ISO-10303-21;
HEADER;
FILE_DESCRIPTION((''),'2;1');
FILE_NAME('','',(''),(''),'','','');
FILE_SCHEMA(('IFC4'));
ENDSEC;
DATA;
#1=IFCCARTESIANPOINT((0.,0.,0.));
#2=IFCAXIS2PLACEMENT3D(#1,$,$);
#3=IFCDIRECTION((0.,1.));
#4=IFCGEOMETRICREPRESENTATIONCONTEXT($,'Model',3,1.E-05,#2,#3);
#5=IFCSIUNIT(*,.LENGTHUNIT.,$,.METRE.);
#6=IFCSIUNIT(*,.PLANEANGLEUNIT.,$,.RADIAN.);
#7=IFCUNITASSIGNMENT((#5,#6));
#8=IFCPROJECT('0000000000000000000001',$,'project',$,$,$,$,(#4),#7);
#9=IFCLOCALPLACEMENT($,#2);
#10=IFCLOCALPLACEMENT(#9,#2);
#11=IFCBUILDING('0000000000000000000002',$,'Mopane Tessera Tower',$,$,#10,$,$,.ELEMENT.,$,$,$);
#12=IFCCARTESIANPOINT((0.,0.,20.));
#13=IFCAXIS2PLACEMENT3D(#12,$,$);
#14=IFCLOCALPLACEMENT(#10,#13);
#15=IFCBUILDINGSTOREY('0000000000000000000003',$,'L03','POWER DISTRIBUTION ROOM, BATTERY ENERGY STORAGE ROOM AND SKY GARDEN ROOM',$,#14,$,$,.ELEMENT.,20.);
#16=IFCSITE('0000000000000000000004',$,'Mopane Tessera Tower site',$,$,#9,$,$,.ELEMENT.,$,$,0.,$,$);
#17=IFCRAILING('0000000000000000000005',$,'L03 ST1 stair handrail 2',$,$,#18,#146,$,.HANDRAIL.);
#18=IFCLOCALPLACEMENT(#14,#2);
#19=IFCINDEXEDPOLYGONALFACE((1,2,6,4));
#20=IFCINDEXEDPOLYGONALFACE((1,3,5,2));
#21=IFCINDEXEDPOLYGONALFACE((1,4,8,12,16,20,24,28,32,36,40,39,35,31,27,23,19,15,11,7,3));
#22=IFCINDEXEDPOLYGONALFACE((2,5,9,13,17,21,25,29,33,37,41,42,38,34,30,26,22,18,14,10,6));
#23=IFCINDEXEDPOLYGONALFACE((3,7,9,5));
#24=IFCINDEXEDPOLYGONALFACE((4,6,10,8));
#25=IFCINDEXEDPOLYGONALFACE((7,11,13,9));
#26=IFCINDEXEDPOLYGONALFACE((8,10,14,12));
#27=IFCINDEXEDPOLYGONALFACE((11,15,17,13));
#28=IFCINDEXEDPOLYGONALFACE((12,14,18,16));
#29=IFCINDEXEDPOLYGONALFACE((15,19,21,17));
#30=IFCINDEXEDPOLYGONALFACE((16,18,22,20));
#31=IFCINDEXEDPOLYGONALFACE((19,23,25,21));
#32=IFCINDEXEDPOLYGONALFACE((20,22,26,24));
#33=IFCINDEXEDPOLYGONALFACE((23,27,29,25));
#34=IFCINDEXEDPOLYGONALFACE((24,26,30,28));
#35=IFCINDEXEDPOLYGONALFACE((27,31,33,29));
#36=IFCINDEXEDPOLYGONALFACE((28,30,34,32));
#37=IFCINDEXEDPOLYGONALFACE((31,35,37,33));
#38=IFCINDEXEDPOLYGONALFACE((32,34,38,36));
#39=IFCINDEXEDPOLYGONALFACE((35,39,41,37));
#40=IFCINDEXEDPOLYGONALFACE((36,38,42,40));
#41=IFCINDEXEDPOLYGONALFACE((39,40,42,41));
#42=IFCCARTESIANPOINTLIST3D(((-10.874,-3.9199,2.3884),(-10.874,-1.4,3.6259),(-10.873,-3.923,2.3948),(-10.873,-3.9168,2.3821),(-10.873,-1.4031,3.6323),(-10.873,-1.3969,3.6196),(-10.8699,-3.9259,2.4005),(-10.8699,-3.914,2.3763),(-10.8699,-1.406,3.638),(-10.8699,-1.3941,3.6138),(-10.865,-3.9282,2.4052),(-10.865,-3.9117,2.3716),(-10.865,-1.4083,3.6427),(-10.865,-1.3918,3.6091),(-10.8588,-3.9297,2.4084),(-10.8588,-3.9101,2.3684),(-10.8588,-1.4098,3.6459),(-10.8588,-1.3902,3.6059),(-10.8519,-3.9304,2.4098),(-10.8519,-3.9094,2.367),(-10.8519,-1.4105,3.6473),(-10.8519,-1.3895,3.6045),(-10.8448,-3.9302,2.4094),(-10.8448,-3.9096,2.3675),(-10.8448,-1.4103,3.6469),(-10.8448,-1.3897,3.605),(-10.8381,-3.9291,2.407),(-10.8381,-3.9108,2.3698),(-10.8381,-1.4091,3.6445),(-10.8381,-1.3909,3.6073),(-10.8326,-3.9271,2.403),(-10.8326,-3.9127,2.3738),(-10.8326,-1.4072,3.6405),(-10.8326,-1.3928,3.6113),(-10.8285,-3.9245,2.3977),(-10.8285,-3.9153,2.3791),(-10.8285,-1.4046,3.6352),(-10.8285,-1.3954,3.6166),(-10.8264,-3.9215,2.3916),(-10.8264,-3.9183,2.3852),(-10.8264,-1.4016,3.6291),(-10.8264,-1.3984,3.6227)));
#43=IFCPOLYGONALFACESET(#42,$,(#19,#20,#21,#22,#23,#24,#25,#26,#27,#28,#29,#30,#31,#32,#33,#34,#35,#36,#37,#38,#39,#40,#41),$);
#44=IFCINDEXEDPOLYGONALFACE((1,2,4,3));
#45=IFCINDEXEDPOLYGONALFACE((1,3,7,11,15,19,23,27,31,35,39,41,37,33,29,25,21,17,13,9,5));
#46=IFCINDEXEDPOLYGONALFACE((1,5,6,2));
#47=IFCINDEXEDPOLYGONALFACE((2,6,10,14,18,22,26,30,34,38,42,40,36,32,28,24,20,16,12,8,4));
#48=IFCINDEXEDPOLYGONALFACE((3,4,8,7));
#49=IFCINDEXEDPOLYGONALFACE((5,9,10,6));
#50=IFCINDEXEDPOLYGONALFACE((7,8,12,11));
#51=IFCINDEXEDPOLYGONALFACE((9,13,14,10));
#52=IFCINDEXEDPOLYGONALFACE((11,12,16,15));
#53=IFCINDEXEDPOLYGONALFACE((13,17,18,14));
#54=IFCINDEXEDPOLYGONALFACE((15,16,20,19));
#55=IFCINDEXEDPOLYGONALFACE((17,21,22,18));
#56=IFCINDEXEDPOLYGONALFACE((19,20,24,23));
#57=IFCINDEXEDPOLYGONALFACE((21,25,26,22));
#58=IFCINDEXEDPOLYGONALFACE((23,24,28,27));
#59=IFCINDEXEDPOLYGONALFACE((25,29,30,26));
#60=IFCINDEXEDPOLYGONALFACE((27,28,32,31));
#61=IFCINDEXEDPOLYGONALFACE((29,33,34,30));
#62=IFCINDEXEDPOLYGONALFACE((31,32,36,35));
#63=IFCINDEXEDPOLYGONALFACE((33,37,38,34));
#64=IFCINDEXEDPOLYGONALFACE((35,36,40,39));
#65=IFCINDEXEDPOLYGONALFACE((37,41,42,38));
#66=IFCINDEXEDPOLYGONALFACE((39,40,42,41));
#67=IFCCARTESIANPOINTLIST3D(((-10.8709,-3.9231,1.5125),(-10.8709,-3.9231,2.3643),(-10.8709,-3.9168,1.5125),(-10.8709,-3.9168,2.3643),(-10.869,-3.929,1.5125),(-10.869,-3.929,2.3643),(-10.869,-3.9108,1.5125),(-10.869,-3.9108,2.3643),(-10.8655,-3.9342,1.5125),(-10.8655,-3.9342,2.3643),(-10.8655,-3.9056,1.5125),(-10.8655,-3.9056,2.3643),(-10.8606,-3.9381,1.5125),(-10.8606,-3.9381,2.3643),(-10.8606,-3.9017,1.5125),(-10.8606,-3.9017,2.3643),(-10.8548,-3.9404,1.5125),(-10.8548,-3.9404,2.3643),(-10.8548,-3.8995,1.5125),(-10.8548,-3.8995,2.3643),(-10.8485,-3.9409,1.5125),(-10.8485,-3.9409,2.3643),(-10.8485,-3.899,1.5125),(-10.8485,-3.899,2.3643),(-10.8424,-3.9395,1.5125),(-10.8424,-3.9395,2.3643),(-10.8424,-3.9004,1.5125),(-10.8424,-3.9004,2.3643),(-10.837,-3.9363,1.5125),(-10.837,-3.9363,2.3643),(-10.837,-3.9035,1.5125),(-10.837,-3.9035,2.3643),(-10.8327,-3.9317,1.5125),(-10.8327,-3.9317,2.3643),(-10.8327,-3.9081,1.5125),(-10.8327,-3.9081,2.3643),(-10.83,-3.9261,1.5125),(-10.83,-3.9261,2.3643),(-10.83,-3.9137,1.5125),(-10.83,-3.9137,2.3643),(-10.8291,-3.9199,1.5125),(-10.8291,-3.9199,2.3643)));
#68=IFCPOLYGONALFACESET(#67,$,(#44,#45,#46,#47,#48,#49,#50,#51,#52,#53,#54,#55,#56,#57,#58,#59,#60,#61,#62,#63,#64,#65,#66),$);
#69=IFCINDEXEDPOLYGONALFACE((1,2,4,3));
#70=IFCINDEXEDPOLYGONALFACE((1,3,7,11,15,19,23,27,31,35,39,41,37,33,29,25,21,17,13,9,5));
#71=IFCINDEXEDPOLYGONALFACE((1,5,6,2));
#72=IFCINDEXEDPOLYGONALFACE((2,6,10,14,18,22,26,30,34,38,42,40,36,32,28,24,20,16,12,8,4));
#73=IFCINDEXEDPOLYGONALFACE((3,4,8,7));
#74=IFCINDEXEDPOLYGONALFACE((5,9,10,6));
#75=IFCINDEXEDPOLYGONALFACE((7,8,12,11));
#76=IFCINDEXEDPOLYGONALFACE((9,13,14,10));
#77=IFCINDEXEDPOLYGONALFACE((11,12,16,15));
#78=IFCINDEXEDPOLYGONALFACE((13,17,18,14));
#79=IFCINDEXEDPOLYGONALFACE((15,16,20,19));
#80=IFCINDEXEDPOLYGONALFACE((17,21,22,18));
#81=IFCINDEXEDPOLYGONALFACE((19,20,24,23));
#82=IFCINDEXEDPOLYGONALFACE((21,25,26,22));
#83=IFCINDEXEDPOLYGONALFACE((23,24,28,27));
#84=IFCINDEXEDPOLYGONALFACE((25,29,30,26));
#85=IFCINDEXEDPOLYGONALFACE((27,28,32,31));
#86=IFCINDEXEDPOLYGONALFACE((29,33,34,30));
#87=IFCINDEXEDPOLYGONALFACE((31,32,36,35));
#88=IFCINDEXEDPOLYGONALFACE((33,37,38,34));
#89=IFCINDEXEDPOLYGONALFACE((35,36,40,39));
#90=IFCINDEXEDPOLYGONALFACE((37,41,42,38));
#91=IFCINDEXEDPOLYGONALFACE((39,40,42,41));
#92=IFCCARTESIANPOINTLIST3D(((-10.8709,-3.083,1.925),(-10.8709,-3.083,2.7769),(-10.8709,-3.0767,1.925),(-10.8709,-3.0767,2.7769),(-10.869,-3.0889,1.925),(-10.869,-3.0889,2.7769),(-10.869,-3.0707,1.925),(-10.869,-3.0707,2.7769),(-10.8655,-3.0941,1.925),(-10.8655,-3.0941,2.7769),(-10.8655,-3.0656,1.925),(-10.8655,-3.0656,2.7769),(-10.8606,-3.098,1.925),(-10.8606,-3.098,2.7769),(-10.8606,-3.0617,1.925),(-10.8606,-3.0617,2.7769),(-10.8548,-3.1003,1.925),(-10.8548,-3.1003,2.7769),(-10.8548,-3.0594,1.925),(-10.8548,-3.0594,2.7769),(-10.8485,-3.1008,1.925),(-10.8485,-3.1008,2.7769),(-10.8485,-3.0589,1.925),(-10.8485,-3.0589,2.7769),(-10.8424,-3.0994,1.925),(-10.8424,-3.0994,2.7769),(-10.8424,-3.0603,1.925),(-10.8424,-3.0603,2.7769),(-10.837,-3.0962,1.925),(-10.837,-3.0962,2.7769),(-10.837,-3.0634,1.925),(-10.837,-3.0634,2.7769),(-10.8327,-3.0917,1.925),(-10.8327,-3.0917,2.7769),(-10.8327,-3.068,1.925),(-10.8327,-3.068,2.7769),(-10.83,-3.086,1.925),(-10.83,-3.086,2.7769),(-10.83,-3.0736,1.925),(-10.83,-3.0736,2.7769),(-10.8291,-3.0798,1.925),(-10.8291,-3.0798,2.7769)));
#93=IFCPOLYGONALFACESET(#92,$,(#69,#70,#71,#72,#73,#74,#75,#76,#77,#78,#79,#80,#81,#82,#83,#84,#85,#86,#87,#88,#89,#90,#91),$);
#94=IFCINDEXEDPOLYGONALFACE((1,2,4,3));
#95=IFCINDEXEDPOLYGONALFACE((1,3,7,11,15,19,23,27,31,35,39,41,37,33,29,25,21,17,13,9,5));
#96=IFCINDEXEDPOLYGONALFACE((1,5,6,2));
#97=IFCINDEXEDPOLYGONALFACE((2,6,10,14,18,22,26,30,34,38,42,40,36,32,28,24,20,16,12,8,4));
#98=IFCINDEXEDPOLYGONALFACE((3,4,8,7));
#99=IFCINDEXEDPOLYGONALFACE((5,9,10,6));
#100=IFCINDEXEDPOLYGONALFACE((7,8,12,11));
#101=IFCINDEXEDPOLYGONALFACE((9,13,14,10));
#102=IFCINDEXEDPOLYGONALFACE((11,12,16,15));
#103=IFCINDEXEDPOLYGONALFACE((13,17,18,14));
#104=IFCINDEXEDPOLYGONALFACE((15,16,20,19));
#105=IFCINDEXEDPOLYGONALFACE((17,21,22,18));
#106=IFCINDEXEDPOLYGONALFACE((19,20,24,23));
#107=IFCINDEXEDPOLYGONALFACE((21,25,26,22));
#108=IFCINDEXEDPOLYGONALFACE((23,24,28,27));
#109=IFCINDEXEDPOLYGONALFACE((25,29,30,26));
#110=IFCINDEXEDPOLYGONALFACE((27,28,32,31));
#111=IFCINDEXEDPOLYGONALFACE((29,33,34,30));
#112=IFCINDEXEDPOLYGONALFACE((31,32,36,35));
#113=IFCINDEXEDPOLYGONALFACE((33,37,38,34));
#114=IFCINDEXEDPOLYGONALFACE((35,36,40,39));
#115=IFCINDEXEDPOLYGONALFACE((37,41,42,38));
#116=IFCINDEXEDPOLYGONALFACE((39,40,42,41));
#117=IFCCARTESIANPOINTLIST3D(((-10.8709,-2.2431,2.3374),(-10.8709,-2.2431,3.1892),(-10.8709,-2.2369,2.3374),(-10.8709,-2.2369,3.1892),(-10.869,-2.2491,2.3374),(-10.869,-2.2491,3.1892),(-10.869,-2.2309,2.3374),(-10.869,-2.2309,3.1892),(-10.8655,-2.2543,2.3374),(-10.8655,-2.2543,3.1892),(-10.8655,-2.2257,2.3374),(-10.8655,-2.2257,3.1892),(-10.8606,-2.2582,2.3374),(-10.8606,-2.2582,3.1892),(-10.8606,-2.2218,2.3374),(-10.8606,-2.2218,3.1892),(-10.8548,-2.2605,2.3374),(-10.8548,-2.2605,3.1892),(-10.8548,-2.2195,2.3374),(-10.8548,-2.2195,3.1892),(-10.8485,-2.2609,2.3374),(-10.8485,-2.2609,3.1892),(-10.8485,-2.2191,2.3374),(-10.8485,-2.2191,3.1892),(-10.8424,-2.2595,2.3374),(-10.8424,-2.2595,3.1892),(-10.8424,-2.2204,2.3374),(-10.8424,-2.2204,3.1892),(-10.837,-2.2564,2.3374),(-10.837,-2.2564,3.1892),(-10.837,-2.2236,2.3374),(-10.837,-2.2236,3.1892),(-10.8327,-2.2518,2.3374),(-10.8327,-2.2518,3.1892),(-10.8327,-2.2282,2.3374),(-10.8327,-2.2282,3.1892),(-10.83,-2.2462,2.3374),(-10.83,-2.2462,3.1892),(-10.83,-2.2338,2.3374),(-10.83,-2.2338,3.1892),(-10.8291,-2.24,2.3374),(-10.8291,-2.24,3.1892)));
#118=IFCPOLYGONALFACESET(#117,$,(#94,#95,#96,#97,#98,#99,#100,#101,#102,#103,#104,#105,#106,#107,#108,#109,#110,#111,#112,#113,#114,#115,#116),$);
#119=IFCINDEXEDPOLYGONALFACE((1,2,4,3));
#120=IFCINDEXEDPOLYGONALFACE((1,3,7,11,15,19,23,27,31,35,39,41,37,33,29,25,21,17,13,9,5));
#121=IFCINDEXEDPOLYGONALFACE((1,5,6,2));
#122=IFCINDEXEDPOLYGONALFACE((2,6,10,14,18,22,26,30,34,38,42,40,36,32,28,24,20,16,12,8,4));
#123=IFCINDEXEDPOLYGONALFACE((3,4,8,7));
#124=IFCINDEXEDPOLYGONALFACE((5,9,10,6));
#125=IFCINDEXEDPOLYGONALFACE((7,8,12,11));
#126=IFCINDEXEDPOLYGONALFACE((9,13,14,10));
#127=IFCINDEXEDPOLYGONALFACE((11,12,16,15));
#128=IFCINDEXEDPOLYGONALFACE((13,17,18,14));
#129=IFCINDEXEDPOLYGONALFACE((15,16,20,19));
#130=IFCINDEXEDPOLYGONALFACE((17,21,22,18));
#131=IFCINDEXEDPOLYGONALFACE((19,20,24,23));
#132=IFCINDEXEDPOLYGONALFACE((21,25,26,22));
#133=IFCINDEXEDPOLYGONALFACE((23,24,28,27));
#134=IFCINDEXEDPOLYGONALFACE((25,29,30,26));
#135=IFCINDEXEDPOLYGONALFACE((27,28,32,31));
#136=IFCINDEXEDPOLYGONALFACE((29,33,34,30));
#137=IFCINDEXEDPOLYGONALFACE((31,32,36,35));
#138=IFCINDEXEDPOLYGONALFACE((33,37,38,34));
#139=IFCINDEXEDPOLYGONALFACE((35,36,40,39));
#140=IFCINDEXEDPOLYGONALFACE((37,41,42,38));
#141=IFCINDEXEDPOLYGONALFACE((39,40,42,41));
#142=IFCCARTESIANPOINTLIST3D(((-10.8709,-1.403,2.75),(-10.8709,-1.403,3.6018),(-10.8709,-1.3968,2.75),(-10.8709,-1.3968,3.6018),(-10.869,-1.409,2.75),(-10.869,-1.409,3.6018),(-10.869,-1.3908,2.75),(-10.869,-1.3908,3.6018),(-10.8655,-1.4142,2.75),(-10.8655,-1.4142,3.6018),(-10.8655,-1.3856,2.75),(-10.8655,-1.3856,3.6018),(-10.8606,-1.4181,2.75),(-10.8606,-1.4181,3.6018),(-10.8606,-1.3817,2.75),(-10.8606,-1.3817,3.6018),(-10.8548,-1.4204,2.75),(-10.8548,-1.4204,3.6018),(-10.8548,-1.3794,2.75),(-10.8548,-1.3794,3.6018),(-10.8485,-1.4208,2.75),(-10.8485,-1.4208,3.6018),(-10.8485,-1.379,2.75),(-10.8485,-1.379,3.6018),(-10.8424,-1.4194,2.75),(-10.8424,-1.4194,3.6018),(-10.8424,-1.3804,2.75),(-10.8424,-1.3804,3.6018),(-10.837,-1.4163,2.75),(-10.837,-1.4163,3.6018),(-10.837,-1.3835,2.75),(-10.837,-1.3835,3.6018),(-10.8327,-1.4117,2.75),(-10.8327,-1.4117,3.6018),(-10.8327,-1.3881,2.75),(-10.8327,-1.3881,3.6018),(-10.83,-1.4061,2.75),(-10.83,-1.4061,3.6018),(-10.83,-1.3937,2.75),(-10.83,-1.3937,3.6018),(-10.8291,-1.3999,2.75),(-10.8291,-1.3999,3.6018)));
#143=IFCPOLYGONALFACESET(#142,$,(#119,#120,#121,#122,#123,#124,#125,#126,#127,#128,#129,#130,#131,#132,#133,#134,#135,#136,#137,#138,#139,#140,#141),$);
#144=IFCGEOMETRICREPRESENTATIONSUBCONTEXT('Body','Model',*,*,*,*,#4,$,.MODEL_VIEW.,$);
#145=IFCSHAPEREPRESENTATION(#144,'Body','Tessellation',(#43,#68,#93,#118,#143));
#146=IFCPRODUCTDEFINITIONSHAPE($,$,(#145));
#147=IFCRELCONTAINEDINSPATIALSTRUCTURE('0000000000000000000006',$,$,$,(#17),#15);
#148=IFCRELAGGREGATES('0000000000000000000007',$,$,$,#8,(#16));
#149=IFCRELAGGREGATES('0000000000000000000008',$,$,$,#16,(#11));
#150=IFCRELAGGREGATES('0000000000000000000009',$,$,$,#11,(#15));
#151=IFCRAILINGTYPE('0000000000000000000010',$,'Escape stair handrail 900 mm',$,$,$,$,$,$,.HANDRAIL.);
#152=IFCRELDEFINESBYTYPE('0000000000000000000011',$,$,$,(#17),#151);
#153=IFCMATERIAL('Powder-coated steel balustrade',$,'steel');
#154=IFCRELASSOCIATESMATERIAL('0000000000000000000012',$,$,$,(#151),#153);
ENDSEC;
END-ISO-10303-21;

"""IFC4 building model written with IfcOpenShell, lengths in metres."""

from ifc_helpers import new_model, si_unit, direction, frame, origin, origin_2d, place, context, subcontext, project, spatial, circle, extrude, material, type_object, element, save


model = new_model("IFC4")

# Units and contexts
model_context = context("Model", 3, precision=1e-05, world=origin(), true_north=direction((0.0, 1.0)))
body_context = subcontext(model_context, "Body", "Model", "MODEL_VIEW")
ifc_project = project(units=[si_unit("LENGTHUNIT", "METRE"), si_unit("PLANEANGLEUNIT", "RADIAN")], contexts=[model_context])

# Site, building, storey
site_placement = place(None, origin())
site = spatial("IfcSite", under=ifc_project, at=site_placement, Name="Mopane Tessera Tower site", CompositionType="ELEMENT", RefElevation=0.0)
building_placement = place(site_placement, origin())
building = spatial("IfcBuilding", under=site, at=building_placement, Name="Mopane Tessera Tower", CompositionType="ELEMENT")
storey_placement = place(building_placement, frame((0.0, 0.0, 20.0)))
storey = spatial("IfcBuildingStorey", under=building, at=storey_placement, Name="L03", Description="POWER DISTRIBUTION ROOM, BATTERY ENERGY STORAGE ROOM AND SKY GARDEN ROOM", CompositionType="ELEMENT", Elevation=20.0)

# Railing
ifc_material_1 = material(Name="Powder-coated steel balustrade", Category="steel")
railing_type_1 = type_object("IfcRailingType", Name="Escape stair handrail 900 mm", PredefinedType="HANDRAIL", material=ifc_material_1)
railing_1_placement = place(storey_placement, frame((-10.8501, -3.9199, 1.5125)))
element("IfcRailing", 1, at=railing_1_placement, inside=storey, type_object=railing_type_1, Name="L03 ST1 stair handrail 2", PredefinedType="HANDRAIL", context=body_context, shape_type="SweptSolid", body=[
    extrude(circle(Radius=0.0239, at=origin_2d()), frame((0.0, 0.0, 0.876), z_axis=(0.0, 0.897604, 0.440802), x_axis=(-1.0, 0.0, 0.0)), (0.0, 0.0, 1.0), 2.8074),
    extrude(circle(Radius=0.021, at=origin_2d()), origin(), (0.0, 0.0, 1.0), 0.8518),
    extrude(circle(Radius=0.021, at=origin_2d()), frame((0.0, 0.8401, 0.4126)), (0.0, 0.0, 1.0), 0.8518),
    extrude(circle(Radius=0.021, at=origin_2d()), frame((0.0, 1.6799, 0.825)), (0.0, 0.0, 1.0), 0.8518),
    extrude(circle(Radius=0.021, at=origin_2d()), frame((0.0, 2.52, 1.2375)), (0.0, 0.0, 1.0), 0.8518),
])

save(model, "model.ifc")
